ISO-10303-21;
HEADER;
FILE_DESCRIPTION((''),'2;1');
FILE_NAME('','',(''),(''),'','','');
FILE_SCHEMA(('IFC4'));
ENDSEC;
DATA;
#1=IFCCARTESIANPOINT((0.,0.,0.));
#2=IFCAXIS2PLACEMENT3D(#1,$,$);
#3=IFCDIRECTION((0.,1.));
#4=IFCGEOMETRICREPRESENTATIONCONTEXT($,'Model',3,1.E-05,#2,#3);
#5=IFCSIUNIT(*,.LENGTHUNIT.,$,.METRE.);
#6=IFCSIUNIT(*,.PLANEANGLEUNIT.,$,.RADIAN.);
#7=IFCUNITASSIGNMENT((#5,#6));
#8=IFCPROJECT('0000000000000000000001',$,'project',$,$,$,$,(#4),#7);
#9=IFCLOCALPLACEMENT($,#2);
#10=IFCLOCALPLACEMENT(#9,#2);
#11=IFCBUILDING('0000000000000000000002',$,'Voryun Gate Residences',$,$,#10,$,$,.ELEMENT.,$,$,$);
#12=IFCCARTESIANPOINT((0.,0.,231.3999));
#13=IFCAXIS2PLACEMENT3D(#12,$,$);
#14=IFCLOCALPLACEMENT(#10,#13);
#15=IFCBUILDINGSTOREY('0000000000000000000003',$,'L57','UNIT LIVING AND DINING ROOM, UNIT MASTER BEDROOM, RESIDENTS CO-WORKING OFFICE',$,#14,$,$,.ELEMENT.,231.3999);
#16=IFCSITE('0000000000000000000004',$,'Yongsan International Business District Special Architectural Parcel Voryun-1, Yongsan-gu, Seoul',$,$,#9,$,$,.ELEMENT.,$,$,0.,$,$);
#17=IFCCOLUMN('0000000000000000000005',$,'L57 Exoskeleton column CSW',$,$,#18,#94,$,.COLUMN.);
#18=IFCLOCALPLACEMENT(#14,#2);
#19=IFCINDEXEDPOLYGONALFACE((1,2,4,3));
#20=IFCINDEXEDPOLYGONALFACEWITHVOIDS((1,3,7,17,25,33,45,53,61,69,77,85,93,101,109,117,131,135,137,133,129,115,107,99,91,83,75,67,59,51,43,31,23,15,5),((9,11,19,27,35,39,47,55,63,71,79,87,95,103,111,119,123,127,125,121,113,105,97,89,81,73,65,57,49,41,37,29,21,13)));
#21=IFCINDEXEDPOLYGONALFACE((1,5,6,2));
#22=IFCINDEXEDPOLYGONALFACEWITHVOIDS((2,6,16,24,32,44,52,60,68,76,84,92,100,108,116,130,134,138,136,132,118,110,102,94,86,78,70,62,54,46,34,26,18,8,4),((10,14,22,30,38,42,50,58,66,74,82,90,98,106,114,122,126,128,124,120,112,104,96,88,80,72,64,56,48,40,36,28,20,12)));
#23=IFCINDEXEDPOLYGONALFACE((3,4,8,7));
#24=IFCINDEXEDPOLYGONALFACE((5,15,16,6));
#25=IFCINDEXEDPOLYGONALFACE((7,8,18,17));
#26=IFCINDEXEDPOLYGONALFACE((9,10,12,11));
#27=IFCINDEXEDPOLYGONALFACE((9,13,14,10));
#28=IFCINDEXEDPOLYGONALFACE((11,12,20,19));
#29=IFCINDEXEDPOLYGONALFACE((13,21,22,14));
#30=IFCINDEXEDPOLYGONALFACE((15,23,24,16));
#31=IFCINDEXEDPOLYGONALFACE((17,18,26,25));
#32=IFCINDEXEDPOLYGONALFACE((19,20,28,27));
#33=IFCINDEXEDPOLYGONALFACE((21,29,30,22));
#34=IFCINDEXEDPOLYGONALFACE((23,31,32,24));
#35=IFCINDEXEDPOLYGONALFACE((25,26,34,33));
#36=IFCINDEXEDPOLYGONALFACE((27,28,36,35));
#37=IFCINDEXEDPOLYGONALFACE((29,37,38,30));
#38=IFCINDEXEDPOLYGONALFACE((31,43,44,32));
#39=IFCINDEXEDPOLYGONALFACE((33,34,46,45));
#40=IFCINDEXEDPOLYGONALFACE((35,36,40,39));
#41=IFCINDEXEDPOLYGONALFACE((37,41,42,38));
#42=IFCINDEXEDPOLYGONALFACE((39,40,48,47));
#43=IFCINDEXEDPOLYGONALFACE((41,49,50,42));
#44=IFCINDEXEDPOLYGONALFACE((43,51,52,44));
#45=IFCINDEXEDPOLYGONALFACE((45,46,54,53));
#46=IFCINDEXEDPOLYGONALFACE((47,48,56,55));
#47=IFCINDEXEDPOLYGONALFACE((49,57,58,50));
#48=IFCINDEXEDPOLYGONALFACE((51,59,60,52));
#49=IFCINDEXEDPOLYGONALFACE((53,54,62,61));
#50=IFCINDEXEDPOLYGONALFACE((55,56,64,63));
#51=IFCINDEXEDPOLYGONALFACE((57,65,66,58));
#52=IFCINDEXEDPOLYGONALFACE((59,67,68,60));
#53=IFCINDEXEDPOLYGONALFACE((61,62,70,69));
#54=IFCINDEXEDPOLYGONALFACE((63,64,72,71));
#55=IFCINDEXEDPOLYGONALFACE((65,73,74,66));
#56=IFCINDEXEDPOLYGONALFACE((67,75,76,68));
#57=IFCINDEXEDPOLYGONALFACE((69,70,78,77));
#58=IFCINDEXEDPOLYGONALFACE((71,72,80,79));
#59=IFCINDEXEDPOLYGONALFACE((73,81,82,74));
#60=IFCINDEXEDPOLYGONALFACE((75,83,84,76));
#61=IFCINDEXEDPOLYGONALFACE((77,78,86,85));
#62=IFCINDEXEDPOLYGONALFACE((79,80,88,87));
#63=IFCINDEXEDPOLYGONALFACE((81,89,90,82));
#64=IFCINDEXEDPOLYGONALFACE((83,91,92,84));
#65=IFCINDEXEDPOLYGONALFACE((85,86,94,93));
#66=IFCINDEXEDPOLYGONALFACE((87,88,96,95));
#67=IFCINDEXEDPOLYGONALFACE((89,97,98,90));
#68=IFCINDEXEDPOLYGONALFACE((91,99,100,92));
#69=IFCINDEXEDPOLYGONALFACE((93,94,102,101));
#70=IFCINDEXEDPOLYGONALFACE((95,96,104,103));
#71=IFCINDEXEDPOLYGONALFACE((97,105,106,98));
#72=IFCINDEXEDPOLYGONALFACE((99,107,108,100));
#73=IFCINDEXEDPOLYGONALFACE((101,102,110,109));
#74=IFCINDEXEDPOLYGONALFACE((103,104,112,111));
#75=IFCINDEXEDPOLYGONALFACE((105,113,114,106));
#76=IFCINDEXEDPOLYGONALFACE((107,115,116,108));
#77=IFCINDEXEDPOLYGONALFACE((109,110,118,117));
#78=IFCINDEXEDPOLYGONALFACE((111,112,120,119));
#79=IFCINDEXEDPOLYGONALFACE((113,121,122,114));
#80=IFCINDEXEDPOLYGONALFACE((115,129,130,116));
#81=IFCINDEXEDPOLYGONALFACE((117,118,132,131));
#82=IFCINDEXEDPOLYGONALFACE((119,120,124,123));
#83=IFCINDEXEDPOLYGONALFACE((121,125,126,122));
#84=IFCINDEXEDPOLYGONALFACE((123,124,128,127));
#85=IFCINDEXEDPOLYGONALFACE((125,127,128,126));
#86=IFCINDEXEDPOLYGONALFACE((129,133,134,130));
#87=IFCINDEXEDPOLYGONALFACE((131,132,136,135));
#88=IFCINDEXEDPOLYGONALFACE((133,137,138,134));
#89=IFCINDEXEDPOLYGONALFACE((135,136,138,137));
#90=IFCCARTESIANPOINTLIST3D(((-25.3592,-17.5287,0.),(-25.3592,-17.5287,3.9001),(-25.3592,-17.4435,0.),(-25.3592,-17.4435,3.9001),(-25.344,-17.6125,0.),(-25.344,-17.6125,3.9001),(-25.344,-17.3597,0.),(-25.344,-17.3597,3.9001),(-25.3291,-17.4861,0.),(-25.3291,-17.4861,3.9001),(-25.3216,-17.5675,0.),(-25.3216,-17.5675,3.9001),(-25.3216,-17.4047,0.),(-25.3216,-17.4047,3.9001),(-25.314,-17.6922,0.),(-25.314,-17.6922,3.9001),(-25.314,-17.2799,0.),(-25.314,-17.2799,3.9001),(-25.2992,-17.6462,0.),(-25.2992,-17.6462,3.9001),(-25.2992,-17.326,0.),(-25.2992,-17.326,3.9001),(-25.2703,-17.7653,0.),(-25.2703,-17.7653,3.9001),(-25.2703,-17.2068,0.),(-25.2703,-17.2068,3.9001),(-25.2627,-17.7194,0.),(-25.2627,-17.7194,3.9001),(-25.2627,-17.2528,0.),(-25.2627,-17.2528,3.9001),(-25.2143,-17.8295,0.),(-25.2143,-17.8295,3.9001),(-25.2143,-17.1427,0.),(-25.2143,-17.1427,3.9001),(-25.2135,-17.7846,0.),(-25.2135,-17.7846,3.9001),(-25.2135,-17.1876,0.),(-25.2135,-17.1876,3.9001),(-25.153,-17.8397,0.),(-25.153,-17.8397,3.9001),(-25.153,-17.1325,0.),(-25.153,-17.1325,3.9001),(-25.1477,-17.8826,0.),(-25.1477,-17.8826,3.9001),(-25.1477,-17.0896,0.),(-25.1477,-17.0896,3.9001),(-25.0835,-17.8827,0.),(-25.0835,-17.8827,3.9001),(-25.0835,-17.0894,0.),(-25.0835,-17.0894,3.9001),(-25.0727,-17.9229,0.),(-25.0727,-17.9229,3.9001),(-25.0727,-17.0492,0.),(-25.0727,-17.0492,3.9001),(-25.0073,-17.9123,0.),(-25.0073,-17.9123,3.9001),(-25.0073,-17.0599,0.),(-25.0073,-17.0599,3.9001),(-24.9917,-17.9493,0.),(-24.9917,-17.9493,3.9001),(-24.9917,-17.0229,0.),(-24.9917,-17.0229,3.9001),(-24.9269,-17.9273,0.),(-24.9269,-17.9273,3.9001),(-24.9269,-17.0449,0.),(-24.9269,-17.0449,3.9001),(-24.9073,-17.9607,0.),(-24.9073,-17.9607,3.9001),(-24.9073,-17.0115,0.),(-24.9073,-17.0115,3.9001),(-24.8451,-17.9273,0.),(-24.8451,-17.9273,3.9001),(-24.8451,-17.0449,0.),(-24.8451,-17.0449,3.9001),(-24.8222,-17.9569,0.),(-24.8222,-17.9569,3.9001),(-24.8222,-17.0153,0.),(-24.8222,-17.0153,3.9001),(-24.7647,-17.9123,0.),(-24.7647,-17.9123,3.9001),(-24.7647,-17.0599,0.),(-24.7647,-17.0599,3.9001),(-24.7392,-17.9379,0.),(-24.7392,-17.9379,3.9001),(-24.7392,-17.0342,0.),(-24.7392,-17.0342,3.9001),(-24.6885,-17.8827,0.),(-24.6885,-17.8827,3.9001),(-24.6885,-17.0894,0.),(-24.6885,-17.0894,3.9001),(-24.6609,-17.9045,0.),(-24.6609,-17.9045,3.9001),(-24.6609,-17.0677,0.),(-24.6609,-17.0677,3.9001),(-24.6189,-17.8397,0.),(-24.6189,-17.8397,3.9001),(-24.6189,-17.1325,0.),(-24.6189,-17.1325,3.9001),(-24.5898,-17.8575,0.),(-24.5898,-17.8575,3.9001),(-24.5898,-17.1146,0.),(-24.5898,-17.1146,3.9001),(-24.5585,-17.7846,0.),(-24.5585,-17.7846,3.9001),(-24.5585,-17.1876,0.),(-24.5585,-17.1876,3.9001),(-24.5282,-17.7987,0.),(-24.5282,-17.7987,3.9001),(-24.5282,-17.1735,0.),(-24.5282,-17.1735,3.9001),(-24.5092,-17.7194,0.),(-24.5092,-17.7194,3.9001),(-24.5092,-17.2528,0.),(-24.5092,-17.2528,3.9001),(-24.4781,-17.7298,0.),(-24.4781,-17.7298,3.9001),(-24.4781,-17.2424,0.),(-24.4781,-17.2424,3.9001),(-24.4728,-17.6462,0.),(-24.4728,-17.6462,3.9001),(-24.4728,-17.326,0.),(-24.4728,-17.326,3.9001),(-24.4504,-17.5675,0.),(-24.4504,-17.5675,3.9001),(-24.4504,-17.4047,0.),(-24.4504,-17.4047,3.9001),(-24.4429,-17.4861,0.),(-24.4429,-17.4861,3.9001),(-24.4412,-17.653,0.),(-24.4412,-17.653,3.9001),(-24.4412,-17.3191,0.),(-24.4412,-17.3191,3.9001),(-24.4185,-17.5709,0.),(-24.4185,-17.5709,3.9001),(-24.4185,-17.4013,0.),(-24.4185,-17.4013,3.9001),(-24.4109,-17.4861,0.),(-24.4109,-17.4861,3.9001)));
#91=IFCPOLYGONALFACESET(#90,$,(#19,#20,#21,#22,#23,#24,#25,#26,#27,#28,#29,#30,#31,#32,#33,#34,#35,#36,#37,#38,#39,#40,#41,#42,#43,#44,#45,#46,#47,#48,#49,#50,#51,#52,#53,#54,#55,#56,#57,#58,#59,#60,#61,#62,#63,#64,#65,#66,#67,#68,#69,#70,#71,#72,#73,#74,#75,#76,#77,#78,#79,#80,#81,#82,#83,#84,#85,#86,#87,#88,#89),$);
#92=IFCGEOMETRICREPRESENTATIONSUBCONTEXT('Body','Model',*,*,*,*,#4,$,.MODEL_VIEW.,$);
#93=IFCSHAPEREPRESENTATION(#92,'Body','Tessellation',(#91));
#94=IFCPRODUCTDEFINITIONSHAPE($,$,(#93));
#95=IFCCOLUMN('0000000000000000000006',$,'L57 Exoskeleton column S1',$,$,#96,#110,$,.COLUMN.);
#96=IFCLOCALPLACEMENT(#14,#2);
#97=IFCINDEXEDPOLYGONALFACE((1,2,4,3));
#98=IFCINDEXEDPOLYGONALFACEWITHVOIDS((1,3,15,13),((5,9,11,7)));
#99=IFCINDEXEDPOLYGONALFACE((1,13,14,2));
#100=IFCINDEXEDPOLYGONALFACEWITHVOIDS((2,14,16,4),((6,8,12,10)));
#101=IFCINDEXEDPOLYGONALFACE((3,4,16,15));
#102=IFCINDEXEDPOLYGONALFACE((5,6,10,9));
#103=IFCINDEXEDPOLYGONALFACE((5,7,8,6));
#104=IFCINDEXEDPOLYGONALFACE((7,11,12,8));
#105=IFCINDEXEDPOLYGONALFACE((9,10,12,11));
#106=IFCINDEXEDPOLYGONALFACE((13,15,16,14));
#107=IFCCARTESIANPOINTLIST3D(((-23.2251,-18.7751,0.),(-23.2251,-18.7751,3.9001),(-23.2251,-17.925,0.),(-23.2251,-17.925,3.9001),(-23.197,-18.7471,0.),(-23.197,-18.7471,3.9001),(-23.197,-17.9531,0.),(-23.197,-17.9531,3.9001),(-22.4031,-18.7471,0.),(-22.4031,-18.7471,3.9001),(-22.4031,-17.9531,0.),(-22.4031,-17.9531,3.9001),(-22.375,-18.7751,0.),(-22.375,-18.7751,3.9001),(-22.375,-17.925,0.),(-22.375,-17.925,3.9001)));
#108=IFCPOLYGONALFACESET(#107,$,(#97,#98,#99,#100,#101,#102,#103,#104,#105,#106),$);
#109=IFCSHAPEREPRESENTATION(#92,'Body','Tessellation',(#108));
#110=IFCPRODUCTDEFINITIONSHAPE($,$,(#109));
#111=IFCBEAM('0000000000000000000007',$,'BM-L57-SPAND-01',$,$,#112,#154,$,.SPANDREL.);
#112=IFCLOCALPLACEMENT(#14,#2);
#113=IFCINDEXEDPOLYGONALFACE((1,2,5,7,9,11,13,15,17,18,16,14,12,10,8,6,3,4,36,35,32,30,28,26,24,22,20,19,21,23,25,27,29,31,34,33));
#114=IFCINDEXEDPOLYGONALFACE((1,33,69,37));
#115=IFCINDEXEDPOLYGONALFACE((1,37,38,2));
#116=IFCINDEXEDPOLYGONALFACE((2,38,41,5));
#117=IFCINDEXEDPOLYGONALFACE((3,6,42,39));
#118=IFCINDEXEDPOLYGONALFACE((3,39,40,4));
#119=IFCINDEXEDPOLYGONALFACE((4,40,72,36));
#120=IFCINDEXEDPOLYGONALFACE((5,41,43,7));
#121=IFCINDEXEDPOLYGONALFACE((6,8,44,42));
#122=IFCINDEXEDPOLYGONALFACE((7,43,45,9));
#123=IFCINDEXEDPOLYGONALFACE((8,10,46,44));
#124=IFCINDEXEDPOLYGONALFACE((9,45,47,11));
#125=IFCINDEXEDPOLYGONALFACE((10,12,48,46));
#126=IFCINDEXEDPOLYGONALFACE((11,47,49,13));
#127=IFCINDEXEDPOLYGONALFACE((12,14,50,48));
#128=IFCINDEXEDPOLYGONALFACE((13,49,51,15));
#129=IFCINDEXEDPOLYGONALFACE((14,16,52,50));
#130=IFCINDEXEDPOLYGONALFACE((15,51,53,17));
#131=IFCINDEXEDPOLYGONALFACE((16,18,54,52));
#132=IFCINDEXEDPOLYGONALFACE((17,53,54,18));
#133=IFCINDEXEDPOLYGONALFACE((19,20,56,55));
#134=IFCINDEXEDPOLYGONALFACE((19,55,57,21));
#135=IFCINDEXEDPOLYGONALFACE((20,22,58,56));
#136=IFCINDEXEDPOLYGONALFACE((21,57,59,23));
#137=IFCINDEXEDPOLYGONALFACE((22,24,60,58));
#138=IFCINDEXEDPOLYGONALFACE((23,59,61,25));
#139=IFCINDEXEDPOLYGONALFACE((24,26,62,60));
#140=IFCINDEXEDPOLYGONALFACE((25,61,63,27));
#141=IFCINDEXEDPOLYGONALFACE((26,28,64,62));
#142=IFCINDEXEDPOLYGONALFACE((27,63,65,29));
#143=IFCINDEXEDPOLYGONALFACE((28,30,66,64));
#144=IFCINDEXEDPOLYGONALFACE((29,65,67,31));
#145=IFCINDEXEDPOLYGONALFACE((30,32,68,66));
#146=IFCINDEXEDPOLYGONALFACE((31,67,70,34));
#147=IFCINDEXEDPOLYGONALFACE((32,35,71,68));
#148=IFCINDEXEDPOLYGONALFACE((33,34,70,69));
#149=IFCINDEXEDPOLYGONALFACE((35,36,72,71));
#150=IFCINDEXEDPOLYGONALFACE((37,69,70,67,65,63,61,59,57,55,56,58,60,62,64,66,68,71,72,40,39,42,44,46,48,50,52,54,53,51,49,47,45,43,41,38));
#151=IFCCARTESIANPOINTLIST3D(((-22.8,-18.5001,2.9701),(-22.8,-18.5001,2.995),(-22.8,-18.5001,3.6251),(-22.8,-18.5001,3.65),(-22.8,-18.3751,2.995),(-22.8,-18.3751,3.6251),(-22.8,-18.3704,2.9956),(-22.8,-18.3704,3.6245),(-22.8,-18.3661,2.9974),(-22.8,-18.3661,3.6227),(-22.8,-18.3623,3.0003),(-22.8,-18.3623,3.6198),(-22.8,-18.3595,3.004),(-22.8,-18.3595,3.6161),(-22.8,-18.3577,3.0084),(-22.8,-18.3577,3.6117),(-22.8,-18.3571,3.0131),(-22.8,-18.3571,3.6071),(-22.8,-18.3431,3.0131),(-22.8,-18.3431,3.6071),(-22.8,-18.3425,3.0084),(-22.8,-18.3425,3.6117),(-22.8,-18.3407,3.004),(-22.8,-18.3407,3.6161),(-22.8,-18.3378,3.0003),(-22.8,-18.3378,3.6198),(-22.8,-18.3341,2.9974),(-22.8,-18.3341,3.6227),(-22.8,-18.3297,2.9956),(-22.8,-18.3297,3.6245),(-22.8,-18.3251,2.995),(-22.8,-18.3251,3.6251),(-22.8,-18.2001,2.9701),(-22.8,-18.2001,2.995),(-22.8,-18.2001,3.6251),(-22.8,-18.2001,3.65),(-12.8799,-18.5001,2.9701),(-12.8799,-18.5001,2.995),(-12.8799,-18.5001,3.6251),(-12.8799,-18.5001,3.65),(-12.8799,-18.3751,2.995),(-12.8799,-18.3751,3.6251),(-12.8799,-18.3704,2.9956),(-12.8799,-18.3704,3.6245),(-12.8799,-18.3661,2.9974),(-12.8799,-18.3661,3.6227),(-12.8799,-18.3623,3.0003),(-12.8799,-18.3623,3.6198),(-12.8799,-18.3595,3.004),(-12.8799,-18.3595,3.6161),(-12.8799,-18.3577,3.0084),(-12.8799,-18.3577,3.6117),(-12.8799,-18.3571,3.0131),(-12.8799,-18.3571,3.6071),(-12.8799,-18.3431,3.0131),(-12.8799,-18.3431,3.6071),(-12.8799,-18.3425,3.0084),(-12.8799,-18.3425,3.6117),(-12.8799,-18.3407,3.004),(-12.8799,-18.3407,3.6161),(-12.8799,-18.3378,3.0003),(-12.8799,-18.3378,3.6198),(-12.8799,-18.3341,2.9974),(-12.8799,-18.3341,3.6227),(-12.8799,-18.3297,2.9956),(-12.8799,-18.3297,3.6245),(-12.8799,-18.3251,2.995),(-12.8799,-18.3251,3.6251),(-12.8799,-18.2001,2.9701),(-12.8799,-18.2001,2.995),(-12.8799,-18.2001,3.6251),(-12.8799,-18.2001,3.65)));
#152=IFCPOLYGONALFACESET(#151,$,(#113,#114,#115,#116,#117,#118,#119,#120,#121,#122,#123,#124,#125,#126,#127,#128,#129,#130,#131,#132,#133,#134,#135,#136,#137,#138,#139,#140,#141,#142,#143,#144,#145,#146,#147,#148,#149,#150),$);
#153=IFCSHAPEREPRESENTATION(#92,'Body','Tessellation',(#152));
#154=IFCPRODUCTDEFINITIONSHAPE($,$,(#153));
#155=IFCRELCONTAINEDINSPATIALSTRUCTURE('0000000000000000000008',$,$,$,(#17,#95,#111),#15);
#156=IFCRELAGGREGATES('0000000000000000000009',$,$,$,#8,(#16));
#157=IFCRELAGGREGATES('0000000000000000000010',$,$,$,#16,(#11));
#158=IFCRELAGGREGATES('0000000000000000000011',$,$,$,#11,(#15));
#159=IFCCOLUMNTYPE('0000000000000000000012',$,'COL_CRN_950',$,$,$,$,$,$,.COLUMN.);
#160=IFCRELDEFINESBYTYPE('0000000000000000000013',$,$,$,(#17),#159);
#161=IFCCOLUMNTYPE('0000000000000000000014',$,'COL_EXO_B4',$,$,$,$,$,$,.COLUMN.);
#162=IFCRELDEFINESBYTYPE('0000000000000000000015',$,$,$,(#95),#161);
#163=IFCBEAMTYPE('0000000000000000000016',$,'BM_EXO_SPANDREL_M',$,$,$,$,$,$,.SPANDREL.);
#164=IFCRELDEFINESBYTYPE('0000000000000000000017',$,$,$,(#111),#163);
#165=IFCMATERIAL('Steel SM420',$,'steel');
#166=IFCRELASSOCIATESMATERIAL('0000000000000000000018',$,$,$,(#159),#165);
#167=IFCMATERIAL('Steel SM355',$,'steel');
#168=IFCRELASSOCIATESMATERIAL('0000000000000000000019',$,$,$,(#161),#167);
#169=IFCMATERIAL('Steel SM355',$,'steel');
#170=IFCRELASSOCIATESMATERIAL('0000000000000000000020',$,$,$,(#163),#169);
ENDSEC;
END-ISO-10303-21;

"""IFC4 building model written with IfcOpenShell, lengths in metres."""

from ifc_helpers import new_model, si_unit, direction, frame, origin, origin_2d, place, context, subcontext, project, spatial, hollow_rectangle, hollow_circle, i_section, extrude, material, material_profile, profile_set, type_object, element, save


model = new_model("IFC4")

# Units and contexts
model_context = context("Model", 3, precision=1e-05, world=origin(), true_north=direction((0.0, 1.0)))
body_context = subcontext(model_context, "Body", "Model", "MODEL_VIEW")
ifc_project = project(units=[si_unit("LENGTHUNIT", "METRE"), si_unit("PLANEANGLEUNIT", "RADIAN")], contexts=[model_context])

# Site, building, storey
site_placement = place(None, origin())
site = spatial("IfcSite", under=ifc_project, at=site_placement, Name="Yongsan International Business District Special Architectural Parcel Voryun-1, Yongsan-gu, Seoul", CompositionType="ELEMENT", RefElevation=0.0)
building_placement = place(site_placement, origin())
building = spatial("IfcBuilding", under=site, at=building_placement, Name="Voryun Gate Residences", CompositionType="ELEMENT")
storey_placement = place(building_placement, frame((0.0, 0.0, 231.3999)))
storey = spatial("IfcBuildingStorey", under=building, at=storey_placement, Name="L57", Description="UNIT LIVING AND DINING ROOM, UNIT MASTER BEDROOM, RESIDENTS CO-WORKING OFFICE", CompositionType="ELEMENT", Elevation=231.3999)

# Columns
ifc_material_1 = material(Name="Steel SM420", Category="steel")
ifc_material_profile_1 = material_profile(ifc_material_1, hollow_circle(Radius=0.4751, WallThickness=0.032, at=origin_2d()), Name="CHS-950x32")
ifc_profile_set_1 = profile_set([ifc_material_profile_1], Name="Steel SM420")
column_type_1 = type_object("IfcColumnType", Name="COL_CRN_950", PredefinedType="COLUMN", material=ifc_profile_set_1)
column_1_placement = place(storey_placement, frame((-24.886, -17.4861, 0.0), z_axis=(0.0, 0.0, 1.0), x_axis=(1.0, 0.0, 0.0)))
element("IfcColumn", 1, at=column_1_placement, inside=storey, type_object=column_type_1, Name="L57 Exoskeleton column CSW", PredefinedType="COLUMN", context=body_context, shape_type="SweptSolid", body=[
    extrude(hollow_circle(Radius=0.4751, WallThickness=0.032, at=origin_2d()), origin(), (0.0, 0.0, 1.0), 3.9001),
])
ifc_material_2 = material(Name="Steel SM355", Category="steel")
ifc_material_profile_2 = material_profile(ifc_material_2, hollow_rectangle(XDim=0.8501, YDim=0.8501, WallThickness=0.0281, at=origin_2d()), Name="BOX-850x850x28")
ifc_profile_set_2 = profile_set([ifc_material_profile_2], Name="Steel SM355")
column_type_2 = type_object("IfcColumnType", Name="COL_EXO_B4", PredefinedType="COLUMN", material=ifc_profile_set_2)
column_2_placement = place(storey_placement, frame((-22.8, -18.3501, 0.0), z_axis=(0.0, 0.0, 1.0), x_axis=(1.0, 0.0, 0.0)))
element("IfcColumn", 2, at=column_2_placement, inside=storey, type_object=column_type_2, Name="L57 Exoskeleton column S1", PredefinedType="COLUMN", context=body_context, shape_type="SweptSolid", body=[
    extrude(hollow_rectangle(XDim=0.8501, YDim=0.8501, WallThickness=0.0281, at=origin_2d()), origin(), (0.0, 0.0, 1.0), 3.9001),
])

# Beam
ifc_material_3 = material(Name="Steel SM355", Category="steel")
ifc_material_profile_3 = material_profile(ifc_material_3, i_section(OverallWidth=0.3, OverallDepth=0.6799, WebThickness=0.0139, FlangeThickness=0.0249, FilletRadius=0.0181, at=origin_2d()), Name="H-680x300x14x25")
ifc_profile_set_3 = profile_set([ifc_material_profile_3], Name="Steel SM355")
beam_type = type_object("IfcBeamType", Name="BM_EXO_SPANDREL_M", PredefinedType="SPANDREL", material=ifc_profile_set_3)
beam_1_placement = place(storey_placement, frame((-22.8, -18.3501, 3.3101), z_axis=(1.0, 0.0, 0.0), x_axis=(0.0, 1.0, 0.0)))
element("IfcBeam", 3, at=beam_1_placement, inside=storey, type_object=beam_type, Name="BM-L57-SPAND-01", PredefinedType="SPANDREL", context=body_context, shape_type="SweptSolid", body=[
    extrude(i_section(OverallWidth=0.3, OverallDepth=0.6799, WebThickness=0.0139, FlangeThickness=0.0249, FilletRadius=0.0181, at=origin_2d()), origin(), (0.0, 0.0, 1.0), 9.9202),
])

save(model, "model.ifc")
